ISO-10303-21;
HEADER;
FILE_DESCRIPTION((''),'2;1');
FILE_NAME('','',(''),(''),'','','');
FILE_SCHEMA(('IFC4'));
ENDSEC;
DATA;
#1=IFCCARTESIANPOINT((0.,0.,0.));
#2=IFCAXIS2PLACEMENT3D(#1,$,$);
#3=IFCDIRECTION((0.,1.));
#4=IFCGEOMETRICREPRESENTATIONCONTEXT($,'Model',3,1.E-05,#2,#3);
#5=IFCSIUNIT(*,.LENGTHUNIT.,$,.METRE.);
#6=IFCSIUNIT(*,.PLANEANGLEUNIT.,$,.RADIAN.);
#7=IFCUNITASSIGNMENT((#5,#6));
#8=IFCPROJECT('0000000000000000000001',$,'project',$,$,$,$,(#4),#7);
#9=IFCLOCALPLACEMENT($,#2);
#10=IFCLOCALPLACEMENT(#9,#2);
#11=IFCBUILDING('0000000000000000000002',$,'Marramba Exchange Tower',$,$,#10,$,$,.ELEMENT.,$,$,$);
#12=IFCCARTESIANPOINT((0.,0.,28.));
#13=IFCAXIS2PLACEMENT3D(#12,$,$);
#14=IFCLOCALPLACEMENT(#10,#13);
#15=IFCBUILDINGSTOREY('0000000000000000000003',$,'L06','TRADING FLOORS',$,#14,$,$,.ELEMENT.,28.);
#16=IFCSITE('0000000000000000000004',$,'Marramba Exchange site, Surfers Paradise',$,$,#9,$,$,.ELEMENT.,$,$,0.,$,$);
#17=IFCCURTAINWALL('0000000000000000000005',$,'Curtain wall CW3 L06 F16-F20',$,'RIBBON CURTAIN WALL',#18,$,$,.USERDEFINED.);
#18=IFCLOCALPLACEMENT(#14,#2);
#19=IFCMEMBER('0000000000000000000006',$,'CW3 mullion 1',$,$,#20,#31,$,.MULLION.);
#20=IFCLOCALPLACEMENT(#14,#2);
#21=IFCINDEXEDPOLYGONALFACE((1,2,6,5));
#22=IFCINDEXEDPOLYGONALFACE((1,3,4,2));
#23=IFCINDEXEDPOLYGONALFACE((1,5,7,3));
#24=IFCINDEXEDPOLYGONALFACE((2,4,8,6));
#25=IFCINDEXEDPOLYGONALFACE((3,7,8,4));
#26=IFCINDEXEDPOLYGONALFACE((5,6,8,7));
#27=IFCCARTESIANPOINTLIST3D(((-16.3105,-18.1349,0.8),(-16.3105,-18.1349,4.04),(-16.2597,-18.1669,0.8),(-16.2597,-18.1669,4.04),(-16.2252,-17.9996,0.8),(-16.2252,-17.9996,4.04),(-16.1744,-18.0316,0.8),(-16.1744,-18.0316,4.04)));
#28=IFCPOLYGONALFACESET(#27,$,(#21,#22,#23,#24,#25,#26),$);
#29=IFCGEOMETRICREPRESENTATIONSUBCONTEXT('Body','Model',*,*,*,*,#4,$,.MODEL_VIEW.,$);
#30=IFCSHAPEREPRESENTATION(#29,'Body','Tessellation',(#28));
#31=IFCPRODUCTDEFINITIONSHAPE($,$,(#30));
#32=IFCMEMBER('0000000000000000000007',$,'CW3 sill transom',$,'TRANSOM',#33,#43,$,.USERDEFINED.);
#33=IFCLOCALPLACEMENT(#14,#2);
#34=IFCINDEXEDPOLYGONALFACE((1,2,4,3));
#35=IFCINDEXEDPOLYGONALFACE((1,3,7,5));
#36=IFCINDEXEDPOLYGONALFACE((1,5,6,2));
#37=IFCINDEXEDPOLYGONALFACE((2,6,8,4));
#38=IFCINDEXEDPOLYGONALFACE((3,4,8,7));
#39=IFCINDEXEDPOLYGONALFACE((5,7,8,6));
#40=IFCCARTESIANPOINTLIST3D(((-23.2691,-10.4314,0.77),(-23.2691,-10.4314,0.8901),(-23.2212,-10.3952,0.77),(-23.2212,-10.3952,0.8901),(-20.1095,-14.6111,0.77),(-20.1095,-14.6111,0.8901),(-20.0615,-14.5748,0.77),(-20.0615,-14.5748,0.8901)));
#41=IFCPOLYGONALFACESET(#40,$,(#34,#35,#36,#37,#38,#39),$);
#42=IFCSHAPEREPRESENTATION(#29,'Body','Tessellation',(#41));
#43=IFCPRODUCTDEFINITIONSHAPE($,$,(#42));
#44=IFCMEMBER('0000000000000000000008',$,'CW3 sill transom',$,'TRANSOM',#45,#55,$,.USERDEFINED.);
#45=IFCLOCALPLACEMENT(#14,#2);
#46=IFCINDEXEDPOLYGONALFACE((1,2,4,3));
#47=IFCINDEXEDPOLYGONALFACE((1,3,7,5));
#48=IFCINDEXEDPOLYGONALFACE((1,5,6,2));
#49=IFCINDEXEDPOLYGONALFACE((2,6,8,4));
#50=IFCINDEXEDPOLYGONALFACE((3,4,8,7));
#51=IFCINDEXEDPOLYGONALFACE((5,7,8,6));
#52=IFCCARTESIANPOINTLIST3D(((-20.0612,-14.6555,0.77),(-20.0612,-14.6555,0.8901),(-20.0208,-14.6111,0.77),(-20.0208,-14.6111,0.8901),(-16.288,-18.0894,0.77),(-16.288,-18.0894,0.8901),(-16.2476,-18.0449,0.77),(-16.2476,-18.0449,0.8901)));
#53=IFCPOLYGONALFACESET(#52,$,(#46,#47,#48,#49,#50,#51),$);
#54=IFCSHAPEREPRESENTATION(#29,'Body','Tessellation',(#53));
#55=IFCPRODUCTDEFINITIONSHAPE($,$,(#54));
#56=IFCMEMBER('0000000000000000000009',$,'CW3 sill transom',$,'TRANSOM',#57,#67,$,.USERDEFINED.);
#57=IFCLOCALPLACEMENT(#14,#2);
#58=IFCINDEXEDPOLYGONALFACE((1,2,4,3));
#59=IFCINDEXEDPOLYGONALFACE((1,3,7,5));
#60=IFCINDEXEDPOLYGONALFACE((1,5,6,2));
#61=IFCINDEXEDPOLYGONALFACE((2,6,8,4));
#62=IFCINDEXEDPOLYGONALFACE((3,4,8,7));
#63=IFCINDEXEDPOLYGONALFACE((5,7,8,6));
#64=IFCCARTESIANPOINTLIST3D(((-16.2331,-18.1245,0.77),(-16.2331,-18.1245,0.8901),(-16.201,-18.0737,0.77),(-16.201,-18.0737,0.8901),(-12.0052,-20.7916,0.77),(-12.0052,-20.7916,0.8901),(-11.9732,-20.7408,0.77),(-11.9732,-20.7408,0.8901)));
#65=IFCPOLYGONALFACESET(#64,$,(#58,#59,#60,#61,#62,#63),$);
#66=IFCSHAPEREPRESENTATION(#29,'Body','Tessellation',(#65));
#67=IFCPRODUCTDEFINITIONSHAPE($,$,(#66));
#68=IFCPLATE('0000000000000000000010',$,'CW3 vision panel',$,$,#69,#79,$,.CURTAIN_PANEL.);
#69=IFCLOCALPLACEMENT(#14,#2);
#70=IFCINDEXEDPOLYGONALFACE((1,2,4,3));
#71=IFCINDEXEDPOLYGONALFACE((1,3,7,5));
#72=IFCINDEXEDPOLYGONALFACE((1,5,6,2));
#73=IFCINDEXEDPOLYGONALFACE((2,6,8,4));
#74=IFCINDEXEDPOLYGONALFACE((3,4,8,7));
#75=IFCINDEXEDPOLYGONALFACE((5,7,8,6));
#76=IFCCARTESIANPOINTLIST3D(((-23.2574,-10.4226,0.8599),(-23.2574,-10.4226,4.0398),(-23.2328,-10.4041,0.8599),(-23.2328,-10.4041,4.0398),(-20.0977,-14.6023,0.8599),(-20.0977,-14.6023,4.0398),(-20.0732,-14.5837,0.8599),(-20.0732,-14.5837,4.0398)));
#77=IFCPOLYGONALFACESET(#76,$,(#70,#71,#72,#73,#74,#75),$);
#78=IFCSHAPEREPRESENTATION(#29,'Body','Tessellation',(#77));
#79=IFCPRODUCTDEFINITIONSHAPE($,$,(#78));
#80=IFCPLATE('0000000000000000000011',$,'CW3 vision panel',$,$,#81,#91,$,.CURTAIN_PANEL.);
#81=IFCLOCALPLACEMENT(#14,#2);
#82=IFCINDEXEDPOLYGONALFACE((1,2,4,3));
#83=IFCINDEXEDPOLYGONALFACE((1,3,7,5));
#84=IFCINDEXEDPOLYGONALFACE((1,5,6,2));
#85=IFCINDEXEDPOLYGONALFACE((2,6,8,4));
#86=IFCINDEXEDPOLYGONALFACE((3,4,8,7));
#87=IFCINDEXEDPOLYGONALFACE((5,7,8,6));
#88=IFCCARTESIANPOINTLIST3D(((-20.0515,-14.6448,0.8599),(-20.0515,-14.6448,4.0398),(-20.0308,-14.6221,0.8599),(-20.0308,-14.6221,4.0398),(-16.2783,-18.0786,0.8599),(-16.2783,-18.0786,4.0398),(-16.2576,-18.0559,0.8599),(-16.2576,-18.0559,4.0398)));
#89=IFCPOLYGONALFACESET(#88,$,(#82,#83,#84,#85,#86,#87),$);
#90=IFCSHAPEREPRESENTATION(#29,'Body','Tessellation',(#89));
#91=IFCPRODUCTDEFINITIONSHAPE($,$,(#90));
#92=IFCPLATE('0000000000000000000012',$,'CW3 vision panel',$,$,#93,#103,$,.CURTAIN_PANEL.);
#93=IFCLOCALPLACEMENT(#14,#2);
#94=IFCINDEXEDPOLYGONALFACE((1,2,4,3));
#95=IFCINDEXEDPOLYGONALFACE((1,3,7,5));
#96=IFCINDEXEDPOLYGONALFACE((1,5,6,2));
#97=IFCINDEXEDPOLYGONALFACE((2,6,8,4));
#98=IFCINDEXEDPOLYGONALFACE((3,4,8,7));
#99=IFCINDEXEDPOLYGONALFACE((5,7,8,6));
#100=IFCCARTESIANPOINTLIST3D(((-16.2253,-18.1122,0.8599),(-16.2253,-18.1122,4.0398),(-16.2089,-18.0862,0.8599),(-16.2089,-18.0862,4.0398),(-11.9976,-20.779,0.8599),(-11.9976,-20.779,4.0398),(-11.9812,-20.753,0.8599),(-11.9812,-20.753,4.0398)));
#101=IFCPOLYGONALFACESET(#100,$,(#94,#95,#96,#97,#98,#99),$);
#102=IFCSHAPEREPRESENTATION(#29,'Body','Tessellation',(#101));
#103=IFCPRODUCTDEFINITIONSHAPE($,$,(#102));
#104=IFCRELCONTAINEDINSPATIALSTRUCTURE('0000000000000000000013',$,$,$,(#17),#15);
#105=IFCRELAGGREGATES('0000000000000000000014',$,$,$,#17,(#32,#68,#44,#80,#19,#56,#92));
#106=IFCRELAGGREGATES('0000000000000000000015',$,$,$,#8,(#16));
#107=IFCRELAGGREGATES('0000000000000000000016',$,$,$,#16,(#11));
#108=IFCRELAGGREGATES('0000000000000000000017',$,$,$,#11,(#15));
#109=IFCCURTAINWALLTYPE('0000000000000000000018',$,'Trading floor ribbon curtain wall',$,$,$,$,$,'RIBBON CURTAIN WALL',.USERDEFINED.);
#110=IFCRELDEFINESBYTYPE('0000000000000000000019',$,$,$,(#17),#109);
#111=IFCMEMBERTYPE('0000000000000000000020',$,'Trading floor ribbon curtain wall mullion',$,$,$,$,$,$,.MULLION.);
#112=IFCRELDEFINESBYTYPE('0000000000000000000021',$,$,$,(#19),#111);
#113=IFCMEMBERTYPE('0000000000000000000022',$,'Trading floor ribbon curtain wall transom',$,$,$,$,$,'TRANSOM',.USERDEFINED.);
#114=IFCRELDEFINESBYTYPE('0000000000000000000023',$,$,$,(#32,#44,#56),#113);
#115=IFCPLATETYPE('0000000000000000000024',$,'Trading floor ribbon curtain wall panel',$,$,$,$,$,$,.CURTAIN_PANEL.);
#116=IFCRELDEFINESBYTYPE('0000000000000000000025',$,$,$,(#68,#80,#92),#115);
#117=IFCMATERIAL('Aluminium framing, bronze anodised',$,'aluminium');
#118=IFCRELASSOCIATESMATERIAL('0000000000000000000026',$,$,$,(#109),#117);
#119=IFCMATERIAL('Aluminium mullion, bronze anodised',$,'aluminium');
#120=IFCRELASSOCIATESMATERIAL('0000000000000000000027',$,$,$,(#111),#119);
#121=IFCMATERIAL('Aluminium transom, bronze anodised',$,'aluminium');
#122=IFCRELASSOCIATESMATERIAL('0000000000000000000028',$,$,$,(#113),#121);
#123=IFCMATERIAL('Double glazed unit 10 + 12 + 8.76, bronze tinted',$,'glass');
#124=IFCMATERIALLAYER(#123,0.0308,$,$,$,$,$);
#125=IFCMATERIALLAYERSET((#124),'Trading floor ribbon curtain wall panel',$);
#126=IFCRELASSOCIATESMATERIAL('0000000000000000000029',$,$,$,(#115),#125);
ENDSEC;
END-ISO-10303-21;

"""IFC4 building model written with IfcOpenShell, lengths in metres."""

from ifc_helpers import new_model, si_unit, direction, frame, origin, origin_2d, place, context, subcontext, project, spatial, rectangle, extrude, material, layer, layer_set, material_profile, profile_set, type_object, element, aggregate, save


model = new_model("IFC4")

# Units and contexts
model_context = context("Model", 3, precision=1e-05, world=origin(), true_north=direction((0.0, 1.0)))
body_context = subcontext(model_context, "Body", "Model", "MODEL_VIEW")
ifc_project = project(units=[si_unit("LENGTHUNIT", "METRE"), si_unit("PLANEANGLEUNIT", "RADIAN")], contexts=[model_context])

# Site, building, storey
site_placement = place(None, origin())
site = spatial("IfcSite", under=ifc_project, at=site_placement, Name="Marramba Exchange site, Surfers Paradise", CompositionType="ELEMENT", RefElevation=0.0)
building_placement = place(site_placement, origin())
building = spatial("IfcBuilding", under=site, at=building_placement, Name="Marramba Exchange Tower", CompositionType="ELEMENT")
storey_placement = place(building_placement, frame((0.0, 0.0, 28.0)))
storey = spatial("IfcBuildingStorey", under=building, at=storey_placement, Name="L06", Description="TRADING FLOORS", CompositionType="ELEMENT", Elevation=28.0)

# Curtain wall, members, plates
ifc_material_1 = material(Name="Aluminium framing, bronze anodised", Category="aluminium")
curtain_wall_type = type_object("IfcCurtainWallType", Name="Trading floor ribbon curtain wall", ElementType="RIBBON CURTAIN WALL", PredefinedType="USERDEFINED", material=ifc_material_1)
curtain_wall_placement = place(storey_placement, origin())
curtain_wall = element("IfcCurtainWall", 1, at=curtain_wall_placement, inside=storey, type_object=curtain_wall_type, Name="Curtain wall CW3 L06 F16-F20", ObjectType="RIBBON CURTAIN WALL", PredefinedType="USERDEFINED")
ifc_material_2 = material(Name="Aluminium mullion, bronze anodised", Category="aluminium")
ifc_material_profile_1 = material_profile(ifc_material_2, rectangle(XDim=0.1599, YDim=0.0601, at=origin_2d()), Name="CW3 mullion 60x160")
ifc_profile_set_1 = profile_set([ifc_material_profile_1], Name="Aluminium mullion, bronze anodised")
member_type_1 = type_object("IfcMemberType", Name="Trading floor ribbon curtain wall mullion", PredefinedType="MULLION", material=ifc_profile_set_1)
member_1_placement = place(storey_placement, frame((-16.2424, -18.0833, 0.8), z_axis=(0.0, 0.0, 1.0), x_axis=(0.533515, 0.845791, 0.0)))
member_1 = element("IfcMember", 2, at=member_1_placement, type_object=member_type_1, Name="CW3 mullion 1", PredefinedType="MULLION", context=body_context, shape_type="SweptSolid", body=[
    extrude(rectangle(XDim=0.1599, YDim=0.0601, at=origin_2d()), origin(), (0.0, 0.0, 1.0), 3.24),
])
ifc_material_3 = material(Name="Aluminium transom, bronze anodised", Category="aluminium")
ifc_material_profile_2 = material_profile(ifc_material_3, rectangle(XDim=0.0601, YDim=0.1201, at=origin_2d()), Name="CW3 transom 60x120")
ifc_profile_set_2 = profile_set([ifc_material_profile_2], Name="Aluminium transom, bronze anodised")
member_type_2 = type_object("IfcMemberType", Name="Trading floor ribbon curtain wall transom", ElementType="TRANSOM", PredefinedType="USERDEFINED", material=ifc_profile_set_2)
member_2_placement = place(storey_placement, frame((-23.2451, -10.4133, 0.8301), z_axis=(0.603037, -0.797713, 0.0), x_axis=(0.797713, 0.603037, 0.0)))
member_2 = element("IfcMember", 3, at=member_2_placement, type_object=member_type_2, Name="CW3 sill transom", ObjectType="TRANSOM", PredefinedType="USERDEFINED", context=body_context, shape_type="SweptSolid", body=[
    extrude(rectangle(XDim=0.0601, YDim=0.1201, at=origin_2d()), origin(), (0.0, 0.0, 1.0), 5.2395),
])
member_3_placement = place(storey_placement, frame((-20.041, -14.6333, 0.8301), z_axis=(0.739583, -0.673066, 0.0), x_axis=(0.673066, 0.739583, 0.0)))
member_3 = element("IfcMember", 4, at=member_3_placement, type_object=member_type_2, Name="CW3 sill transom", ObjectType="TRANSOM", PredefinedType="USERDEFINED", context=body_context, shape_type="SweptSolid", body=[
    extrude(rectangle(XDim=0.0601, YDim=0.1201, at=origin_2d()), origin(), (0.0, 0.0, 1.0), 5.1018),
])
member_4_placement = place(storey_placement, frame((-16.217, -18.0991, 0.8301), z_axis=(0.845777, -0.533537, 0.0), x_axis=(0.533537, 0.845777, 0.0)))
member_4 = element("IfcMember", 5, at=member_4_placement, type_object=member_type_2, Name="CW3 sill transom", ObjectType="TRANSOM", PredefinedType="USERDEFINED", context=body_context, shape_type="SweptSolid", body=[
    extrude(rectangle(XDim=0.0601, YDim=0.1201, at=origin_2d()), origin(), (0.0, 0.0, 1.0), 4.9988),
])
ifc_material_4 = material(Name="Double glazed unit 10 + 12 + 8.76, bronze tinted", Category="glass")
ifc_layer_1 = layer(ifc_material_4, 0.0308)
ifc_layer_set_1 = layer_set([ifc_layer_1], Name="Trading floor ribbon curtain wall panel")
plate_type = type_object("IfcPlateType", Name="Trading floor ribbon curtain wall panel", PredefinedType="CURTAIN_PANEL", material=ifc_layer_set_1)
plate_1_placement = place(storey_placement, frame((-21.6653, -12.5032, 0.8599), z_axis=(0.0, 0.0, 1.0), x_axis=(0.60304, -0.797711, 0.0)))
plate_1 = element("IfcPlate", 6, at=plate_1_placement, type_object=plate_type, Name="CW3 vision panel", PredefinedType="CURTAIN_PANEL", context=body_context, shape_type="SweptSolid", body=[
    extrude(rectangle(XDim=5.2395, YDim=0.0308, at=origin_2d()), origin(), (0.0, 0.0, 1.0), 3.1799),
])
plate_2_placement = place(storey_placement, frame((-18.1545, -16.3503, 0.8599), z_axis=(0.0, 0.0, 1.0), x_axis=(0.73959, -0.673058, 0.0)))
plate_2 = element("IfcPlate", 7, at=plate_2_placement, type_object=plate_type, Name="CW3 vision panel", PredefinedType="CURTAIN_PANEL", context=body_context, shape_type="SweptSolid", body=[
    extrude(rectangle(XDim=5.1018, YDim=0.0308, at=origin_2d()), origin(), (0.0, 0.0, 1.0), 3.1799),
])
plate_3_placement = place(storey_placement, frame((-14.1033, -19.4326, 0.8599), z_axis=(0.0, 0.0, 1.0), x_axis=(0.845791, -0.533515, 0.0)))
plate_3 = element("IfcPlate", 8, at=plate_3_placement, type_object=plate_type, Name="CW3 vision panel", PredefinedType="CURTAIN_PANEL", context=body_context, shape_type="SweptSolid", body=[
    extrude(rectangle(XDim=4.9985, YDim=0.0308, at=origin_2d()), origin(), (0.0, 0.0, 1.0), 3.1799),
])
aggregate(curtain_wall, [member_2, plate_1, member_3, plate_2, member_1, member_4, plate_3])

save(model, "model.ifc")
